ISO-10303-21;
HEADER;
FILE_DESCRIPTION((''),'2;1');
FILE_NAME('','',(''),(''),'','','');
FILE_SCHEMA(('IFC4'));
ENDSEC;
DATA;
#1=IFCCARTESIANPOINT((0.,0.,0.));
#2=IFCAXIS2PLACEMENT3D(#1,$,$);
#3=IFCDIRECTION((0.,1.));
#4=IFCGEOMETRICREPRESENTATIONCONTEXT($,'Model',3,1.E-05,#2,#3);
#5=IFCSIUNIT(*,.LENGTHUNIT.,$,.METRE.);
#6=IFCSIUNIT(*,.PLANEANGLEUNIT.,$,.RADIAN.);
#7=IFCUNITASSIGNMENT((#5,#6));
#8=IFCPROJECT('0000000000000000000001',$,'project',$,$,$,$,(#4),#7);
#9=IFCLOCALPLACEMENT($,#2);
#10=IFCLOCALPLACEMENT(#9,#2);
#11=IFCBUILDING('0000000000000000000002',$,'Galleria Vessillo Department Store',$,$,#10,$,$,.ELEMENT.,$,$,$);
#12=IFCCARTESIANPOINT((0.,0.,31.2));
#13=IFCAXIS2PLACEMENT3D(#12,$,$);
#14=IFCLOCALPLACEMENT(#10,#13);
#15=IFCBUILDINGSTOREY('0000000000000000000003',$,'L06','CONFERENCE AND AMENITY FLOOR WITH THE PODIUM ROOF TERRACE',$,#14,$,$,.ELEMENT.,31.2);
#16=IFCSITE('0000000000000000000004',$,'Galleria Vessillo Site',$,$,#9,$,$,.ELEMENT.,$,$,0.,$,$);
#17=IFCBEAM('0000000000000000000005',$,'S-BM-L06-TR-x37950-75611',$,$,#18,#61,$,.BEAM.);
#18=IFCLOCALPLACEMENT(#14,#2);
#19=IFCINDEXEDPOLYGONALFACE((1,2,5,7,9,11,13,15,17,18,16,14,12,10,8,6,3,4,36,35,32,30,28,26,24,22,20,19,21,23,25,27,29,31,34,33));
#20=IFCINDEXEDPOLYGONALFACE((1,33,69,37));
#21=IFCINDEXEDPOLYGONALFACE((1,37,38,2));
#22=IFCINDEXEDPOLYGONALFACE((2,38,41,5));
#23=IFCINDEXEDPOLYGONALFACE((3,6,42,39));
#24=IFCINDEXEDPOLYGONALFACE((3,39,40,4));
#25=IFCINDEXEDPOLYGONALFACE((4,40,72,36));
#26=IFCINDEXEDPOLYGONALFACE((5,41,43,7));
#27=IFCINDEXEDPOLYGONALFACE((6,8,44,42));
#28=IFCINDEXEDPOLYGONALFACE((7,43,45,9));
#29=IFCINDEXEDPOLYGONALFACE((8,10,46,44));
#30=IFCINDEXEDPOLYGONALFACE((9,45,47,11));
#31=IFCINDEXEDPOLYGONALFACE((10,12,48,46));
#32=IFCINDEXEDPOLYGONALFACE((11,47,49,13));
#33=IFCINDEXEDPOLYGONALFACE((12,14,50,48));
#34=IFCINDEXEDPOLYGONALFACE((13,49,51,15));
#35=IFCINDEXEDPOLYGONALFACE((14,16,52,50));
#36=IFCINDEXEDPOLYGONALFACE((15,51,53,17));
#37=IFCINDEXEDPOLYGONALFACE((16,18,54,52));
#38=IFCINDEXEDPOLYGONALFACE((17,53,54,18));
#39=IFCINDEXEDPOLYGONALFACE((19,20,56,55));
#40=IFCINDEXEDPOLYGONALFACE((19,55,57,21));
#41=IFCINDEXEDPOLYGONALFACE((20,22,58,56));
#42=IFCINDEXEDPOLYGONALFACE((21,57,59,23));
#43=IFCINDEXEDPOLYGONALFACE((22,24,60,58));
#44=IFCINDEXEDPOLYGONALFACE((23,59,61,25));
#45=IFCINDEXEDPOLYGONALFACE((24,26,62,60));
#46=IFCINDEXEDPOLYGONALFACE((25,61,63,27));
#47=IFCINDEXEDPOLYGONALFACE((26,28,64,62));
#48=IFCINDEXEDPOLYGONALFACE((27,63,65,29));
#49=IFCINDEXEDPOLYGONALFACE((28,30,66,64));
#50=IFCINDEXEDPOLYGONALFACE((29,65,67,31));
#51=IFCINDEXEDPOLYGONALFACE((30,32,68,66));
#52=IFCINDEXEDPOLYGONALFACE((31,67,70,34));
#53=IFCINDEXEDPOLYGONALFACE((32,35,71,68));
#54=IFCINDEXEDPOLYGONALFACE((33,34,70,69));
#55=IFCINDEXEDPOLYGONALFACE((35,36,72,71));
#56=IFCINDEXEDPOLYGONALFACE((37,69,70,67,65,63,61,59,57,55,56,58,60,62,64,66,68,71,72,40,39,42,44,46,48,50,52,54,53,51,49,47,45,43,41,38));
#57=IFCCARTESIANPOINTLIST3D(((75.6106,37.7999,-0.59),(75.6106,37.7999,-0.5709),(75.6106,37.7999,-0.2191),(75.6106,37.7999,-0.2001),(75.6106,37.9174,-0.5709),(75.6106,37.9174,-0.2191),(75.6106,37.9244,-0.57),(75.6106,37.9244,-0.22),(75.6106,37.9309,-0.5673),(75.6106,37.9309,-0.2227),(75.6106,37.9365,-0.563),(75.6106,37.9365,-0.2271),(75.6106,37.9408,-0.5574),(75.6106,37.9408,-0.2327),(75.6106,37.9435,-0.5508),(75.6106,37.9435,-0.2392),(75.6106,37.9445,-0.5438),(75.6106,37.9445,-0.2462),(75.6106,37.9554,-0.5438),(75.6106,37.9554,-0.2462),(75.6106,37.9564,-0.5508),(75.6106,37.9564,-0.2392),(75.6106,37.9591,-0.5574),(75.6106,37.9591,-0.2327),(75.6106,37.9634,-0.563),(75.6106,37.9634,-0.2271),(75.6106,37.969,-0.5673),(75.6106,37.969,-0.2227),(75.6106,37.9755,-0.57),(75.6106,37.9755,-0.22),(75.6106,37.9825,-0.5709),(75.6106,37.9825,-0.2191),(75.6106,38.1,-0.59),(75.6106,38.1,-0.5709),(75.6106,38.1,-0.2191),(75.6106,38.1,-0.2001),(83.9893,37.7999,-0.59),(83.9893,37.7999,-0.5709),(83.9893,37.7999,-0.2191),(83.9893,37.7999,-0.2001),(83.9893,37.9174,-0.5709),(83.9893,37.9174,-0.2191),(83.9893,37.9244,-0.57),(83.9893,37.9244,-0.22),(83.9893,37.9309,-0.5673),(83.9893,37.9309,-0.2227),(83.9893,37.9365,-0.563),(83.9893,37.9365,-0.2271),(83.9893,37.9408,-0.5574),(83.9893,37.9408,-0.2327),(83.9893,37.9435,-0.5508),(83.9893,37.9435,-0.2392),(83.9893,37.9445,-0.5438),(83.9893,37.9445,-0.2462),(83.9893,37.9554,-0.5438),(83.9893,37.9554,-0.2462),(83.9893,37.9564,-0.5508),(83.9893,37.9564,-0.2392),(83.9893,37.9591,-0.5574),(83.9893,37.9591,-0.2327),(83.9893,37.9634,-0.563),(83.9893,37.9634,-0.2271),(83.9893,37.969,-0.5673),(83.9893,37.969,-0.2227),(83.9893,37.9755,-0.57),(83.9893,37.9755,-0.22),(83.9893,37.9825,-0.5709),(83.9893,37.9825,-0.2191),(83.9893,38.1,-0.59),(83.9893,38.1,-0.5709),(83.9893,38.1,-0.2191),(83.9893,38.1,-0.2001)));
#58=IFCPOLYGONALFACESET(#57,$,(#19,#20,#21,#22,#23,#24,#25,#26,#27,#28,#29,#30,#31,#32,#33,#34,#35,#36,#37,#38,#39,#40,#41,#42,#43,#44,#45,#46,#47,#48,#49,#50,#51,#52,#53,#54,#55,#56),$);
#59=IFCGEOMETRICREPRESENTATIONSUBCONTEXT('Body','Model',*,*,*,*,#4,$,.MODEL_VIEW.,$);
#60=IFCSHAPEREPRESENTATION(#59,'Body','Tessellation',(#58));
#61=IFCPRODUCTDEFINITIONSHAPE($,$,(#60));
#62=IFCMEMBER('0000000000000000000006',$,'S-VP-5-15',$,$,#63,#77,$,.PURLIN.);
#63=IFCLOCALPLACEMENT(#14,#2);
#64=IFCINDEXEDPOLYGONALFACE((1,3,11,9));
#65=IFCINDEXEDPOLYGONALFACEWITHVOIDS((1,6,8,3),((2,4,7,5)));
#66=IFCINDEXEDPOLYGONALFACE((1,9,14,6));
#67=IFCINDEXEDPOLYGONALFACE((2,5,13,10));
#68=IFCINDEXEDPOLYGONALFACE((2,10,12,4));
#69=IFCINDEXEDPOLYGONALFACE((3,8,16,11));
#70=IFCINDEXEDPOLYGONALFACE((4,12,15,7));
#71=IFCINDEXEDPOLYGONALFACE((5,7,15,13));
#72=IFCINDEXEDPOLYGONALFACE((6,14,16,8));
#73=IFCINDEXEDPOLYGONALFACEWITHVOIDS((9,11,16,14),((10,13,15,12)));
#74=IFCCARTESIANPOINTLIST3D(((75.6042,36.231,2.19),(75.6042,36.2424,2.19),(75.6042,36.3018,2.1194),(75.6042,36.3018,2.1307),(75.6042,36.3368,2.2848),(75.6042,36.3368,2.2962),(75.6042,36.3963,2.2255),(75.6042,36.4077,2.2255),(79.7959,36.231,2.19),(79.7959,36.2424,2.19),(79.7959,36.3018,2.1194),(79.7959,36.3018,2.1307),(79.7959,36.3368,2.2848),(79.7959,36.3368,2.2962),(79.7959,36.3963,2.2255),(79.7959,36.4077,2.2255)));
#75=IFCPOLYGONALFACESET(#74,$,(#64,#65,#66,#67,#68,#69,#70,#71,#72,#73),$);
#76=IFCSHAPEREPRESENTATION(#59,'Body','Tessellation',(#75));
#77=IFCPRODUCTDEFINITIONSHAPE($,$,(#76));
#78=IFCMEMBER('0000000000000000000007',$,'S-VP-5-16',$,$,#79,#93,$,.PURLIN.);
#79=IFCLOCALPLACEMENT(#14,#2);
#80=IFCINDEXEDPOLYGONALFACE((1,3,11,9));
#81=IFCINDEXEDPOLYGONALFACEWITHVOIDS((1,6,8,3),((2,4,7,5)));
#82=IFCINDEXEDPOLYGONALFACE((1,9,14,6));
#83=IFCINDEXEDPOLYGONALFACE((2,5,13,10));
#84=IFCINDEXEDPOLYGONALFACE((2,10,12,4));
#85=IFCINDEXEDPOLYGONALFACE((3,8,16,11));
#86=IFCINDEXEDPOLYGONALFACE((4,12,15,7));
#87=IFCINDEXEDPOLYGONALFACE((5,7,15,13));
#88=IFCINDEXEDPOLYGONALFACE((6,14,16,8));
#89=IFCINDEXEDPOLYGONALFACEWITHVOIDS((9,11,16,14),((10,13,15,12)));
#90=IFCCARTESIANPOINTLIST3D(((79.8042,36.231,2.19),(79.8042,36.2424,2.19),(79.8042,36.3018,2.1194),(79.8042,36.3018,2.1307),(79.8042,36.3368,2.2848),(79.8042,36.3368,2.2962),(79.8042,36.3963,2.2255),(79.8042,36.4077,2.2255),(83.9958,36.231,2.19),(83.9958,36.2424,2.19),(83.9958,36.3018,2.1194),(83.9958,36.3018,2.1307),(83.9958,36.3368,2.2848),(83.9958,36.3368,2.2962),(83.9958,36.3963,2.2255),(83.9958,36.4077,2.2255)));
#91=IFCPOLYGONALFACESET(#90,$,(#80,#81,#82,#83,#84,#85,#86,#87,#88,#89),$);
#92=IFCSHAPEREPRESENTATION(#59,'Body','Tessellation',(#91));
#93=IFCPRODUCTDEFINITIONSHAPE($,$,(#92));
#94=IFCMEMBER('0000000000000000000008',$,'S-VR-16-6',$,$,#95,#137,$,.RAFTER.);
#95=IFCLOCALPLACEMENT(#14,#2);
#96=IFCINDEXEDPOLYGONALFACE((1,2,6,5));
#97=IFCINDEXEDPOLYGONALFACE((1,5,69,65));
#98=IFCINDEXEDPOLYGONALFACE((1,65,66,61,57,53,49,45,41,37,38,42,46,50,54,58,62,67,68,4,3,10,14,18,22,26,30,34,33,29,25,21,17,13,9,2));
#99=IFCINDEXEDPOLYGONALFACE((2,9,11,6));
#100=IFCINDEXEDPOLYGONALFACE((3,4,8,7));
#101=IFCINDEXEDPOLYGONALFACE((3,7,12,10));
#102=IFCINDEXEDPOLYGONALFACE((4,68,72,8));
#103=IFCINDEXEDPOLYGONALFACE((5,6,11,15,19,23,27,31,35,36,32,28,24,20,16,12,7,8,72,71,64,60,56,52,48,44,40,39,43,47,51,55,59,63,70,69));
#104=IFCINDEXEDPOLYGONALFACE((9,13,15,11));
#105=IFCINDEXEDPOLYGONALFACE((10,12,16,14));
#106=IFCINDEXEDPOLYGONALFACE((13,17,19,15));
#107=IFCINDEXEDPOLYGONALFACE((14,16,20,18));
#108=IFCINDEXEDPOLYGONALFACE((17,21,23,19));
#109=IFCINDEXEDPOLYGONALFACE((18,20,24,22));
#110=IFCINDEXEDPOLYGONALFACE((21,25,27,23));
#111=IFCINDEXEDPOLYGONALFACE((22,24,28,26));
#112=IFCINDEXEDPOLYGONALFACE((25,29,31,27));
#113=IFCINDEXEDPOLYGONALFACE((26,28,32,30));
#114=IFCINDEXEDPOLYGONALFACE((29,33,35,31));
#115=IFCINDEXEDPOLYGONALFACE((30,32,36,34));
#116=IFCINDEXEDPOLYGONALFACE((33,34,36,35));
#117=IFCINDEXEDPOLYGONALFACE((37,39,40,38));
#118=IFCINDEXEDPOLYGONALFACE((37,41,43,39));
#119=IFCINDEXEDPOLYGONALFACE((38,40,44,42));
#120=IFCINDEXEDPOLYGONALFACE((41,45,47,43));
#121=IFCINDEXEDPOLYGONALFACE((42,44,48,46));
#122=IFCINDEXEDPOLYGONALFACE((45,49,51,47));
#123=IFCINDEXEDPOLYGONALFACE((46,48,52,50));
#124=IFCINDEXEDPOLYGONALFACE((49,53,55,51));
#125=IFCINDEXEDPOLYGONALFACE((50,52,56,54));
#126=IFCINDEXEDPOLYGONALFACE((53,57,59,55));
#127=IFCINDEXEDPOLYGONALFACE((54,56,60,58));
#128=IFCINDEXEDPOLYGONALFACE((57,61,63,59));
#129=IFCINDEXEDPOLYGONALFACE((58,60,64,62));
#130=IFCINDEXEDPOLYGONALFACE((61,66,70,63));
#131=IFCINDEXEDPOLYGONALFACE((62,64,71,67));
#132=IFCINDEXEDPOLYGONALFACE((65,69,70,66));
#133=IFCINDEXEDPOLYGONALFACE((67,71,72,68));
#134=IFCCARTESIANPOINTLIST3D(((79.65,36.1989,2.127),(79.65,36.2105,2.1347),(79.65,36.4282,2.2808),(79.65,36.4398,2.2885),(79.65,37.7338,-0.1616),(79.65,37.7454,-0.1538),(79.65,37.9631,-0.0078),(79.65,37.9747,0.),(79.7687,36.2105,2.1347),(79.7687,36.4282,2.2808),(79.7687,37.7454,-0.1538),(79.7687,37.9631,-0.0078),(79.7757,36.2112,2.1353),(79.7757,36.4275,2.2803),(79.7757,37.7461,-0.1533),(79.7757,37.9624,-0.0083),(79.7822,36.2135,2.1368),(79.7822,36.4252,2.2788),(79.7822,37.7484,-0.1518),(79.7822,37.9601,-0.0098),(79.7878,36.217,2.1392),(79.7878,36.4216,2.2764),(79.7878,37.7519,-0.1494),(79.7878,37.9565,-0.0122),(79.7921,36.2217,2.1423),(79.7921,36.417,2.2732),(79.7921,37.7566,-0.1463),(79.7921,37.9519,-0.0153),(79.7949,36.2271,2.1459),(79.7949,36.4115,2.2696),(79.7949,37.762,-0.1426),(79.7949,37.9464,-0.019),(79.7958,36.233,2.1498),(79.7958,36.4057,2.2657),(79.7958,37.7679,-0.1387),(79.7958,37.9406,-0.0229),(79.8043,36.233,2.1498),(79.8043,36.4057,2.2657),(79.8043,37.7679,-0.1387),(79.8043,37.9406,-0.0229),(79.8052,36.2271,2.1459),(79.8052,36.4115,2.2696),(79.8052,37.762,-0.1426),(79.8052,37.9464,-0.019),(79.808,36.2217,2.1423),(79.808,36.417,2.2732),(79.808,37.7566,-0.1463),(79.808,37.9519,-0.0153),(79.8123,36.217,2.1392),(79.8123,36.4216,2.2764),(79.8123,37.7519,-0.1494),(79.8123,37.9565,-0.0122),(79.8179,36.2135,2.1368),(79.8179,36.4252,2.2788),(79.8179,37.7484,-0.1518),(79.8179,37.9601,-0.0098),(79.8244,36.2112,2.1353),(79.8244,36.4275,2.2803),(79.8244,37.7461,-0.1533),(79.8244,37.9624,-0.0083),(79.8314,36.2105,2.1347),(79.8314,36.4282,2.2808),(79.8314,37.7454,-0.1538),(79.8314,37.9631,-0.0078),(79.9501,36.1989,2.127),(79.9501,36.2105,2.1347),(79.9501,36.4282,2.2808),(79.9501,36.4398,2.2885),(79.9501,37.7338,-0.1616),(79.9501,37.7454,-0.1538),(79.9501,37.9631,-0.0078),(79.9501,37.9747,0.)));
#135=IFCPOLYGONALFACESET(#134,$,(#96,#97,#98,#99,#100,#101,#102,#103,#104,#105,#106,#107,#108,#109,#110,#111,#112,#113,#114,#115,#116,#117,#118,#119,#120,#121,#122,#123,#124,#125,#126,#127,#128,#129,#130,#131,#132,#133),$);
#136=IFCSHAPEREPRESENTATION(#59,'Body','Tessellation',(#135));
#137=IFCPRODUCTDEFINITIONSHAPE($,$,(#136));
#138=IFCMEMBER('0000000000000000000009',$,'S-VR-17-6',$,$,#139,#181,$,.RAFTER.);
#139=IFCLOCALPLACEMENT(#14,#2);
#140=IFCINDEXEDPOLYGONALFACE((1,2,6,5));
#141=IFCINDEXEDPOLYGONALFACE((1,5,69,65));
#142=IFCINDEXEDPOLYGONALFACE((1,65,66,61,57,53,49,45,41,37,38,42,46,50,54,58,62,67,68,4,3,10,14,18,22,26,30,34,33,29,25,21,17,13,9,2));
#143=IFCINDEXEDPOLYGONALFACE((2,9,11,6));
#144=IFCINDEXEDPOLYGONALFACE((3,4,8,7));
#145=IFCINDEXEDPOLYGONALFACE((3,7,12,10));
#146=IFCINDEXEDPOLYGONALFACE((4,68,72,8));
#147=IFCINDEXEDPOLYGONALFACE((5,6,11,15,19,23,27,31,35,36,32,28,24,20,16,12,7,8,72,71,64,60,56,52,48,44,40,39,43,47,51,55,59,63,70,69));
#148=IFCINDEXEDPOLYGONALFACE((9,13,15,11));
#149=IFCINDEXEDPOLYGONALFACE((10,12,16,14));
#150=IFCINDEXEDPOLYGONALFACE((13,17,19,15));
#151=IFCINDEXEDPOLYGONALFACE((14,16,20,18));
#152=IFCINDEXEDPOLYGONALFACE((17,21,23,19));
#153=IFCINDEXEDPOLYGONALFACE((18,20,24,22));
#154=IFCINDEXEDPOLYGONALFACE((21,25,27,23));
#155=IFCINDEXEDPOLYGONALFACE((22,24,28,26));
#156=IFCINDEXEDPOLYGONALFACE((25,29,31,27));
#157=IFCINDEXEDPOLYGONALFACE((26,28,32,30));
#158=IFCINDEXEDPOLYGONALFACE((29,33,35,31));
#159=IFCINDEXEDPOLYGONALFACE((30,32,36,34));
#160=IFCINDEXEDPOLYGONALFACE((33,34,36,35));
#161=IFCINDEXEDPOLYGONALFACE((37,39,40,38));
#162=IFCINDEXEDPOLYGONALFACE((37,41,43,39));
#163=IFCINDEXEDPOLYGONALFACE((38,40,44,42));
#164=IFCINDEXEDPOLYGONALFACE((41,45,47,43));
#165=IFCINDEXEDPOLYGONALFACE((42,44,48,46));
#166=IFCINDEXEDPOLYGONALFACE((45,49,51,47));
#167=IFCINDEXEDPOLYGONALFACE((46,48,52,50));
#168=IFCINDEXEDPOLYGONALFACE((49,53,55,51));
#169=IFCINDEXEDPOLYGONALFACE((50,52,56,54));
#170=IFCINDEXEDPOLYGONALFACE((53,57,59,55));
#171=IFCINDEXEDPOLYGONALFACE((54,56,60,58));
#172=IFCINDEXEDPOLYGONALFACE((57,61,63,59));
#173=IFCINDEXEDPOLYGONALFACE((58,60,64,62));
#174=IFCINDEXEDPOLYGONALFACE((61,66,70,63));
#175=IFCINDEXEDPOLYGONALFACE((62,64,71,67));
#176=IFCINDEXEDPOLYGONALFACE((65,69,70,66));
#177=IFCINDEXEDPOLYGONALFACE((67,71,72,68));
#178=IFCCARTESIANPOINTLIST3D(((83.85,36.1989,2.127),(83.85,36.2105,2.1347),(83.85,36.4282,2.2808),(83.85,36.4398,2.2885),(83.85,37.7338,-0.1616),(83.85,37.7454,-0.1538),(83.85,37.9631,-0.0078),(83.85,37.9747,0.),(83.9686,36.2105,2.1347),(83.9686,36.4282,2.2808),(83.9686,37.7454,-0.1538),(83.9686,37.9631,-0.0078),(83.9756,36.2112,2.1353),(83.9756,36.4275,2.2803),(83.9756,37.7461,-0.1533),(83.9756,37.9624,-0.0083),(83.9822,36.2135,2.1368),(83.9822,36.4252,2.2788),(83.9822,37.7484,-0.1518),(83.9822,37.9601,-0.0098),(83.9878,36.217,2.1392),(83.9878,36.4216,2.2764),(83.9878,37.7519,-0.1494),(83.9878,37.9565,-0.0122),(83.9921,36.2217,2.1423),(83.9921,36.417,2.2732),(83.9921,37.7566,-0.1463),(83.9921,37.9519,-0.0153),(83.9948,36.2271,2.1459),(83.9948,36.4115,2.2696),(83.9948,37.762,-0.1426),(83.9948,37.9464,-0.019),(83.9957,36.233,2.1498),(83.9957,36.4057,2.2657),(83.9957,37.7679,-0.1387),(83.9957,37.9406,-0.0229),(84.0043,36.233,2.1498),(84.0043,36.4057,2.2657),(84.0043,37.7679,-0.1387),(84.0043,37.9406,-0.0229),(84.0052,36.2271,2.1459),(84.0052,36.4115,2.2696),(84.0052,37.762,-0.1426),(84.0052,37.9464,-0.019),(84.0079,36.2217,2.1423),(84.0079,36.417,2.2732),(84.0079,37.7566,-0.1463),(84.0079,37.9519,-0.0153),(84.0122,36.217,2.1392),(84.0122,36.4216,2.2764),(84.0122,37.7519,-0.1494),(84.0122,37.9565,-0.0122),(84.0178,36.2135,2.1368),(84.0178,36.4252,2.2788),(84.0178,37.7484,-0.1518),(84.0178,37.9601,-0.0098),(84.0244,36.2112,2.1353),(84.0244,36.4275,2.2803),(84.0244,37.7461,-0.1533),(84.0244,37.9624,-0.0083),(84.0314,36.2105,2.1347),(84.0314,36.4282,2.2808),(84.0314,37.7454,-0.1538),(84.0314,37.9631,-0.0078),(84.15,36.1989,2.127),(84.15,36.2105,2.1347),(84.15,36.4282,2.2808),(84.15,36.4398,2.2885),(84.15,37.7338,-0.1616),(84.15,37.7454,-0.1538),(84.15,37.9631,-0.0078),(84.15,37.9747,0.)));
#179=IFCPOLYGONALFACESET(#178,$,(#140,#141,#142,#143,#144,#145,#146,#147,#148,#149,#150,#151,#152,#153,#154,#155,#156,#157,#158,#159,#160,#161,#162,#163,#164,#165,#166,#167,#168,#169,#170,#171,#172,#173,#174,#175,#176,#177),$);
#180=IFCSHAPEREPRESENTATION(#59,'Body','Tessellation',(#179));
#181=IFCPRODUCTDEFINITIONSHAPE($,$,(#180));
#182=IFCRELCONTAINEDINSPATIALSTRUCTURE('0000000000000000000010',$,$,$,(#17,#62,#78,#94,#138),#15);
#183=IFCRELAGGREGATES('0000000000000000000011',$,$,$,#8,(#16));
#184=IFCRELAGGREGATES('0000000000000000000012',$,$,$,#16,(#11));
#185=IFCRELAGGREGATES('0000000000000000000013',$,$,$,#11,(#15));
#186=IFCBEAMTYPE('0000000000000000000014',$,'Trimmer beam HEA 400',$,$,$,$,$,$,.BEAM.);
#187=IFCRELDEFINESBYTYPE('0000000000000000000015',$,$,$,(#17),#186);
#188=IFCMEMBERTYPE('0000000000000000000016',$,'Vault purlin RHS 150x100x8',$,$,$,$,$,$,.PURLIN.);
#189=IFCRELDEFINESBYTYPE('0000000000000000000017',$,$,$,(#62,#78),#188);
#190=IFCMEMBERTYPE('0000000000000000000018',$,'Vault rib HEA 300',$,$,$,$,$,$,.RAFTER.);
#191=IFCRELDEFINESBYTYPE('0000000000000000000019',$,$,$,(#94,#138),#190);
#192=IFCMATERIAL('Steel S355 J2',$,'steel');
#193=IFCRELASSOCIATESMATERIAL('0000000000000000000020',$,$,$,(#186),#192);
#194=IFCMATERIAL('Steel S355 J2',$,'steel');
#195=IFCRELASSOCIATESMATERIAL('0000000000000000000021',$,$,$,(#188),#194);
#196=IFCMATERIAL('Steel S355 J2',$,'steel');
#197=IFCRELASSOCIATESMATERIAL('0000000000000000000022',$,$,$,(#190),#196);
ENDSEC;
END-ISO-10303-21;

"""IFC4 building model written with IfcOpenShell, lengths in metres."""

from ifc_helpers import new_model, si_unit, direction, frame, origin, origin_2d, place, context, subcontext, project, spatial, hollow_rectangle, i_section, extrude, material, material_profile, profile_set, type_object, element, save


model = new_model("IFC4")

# Units and contexts
model_context = context("Model", 3, precision=1e-05, world=origin(), true_north=direction((0.0, 1.0)))
body_context = subcontext(model_context, "Body", "Model", "MODEL_VIEW")
ifc_project = project(units=[si_unit("LENGTHUNIT", "METRE"), si_unit("PLANEANGLEUNIT", "RADIAN")], contexts=[model_context])

# Site, building, storey
site_placement = place(None, origin())
site = spatial("IfcSite", under=ifc_project, at=site_placement, Name="Galleria Vessillo Site", CompositionType="ELEMENT", RefElevation=0.0)
building_placement = place(site_placement, origin())
building = spatial("IfcBuilding", under=site, at=building_placement, Name="Galleria Vessillo Department Store", CompositionType="ELEMENT")
storey_placement = place(building_placement, frame((0.0, 0.0, 31.2)))
storey = spatial("IfcBuildingStorey", under=building, at=storey_placement, Name="L06", Description="CONFERENCE AND AMENITY FLOOR WITH THE PODIUM ROOF TERRACE", CompositionType="ELEMENT", Elevation=31.2)

# Beam
ifc_material_1 = material(Name="Steel S355 J2", Category="steel")
ifc_material_profile_1 = material_profile(ifc_material_1, i_section(OverallWidth=0.3, OverallDepth=0.3899, WebThickness=0.011, FlangeThickness=0.019, FilletRadius=0.0271, at=origin_2d()), Name="HEA 400")
ifc_profile_set_1 = profile_set([ifc_material_profile_1], Name="Steel S355 J2")
beam_type_1 = type_object("IfcBeamType", Name="Trimmer beam HEA 400", PredefinedType="BEAM", material=ifc_profile_set_1)
beam_1_placement = place(storey_placement, frame((75.6106, 37.95, -0.395), z_axis=(1.0, 0.0, 0.0), x_axis=(0.0, 1.0, 0.0)))
element("IfcBeam", 1, at=beam_1_placement, inside=storey, type_object=beam_type_1, Name="S-BM-L06-TR-x37950-75611", PredefinedType="BEAM", context=body_context, shape_type="SweptSolid", body=[
    extrude(i_section(OverallWidth=0.3, OverallDepth=0.3899, WebThickness=0.011, FlangeThickness=0.019, FilletRadius=0.0271, at=origin_2d()), origin(), (0.0, 0.0, 1.0), 8.3787),
])

# Members
ifc_material_2 = material(Name="Steel S355 J2", Category="steel")
ifc_material_profile_2 = material_profile(ifc_material_2, hollow_rectangle(XDim=0.1001, YDim=0.1499, WallThickness=0.0081, at=origin_2d()), Name="RHS 150x100x8")
ifc_profile_set_2 = profile_set([ifc_material_profile_2], Name="Steel S355 J2")
member_type_1 = type_object("IfcMemberType", Name="Vault purlin RHS 150x100x8", PredefinedType="PURLIN", material=ifc_profile_set_2)
for number, where, z_axis, x_axis, name in (
    (2, (75.6042, 36.3193, 2.2078), (1.0, 0.0, 0.0), (0.0, 0.708077, -0.706135), "S-VP-5-15"),
    (3, (79.8042, 36.3193, 2.2078), (1.0, 0.0, 0.0), (0.0, 0.708077, -0.706135), "S-VP-5-16"),
):
    element("IfcMember", number, at=place(storey_placement, frame(where, z_axis=z_axis, x_axis=x_axis)), inside=storey, type_object=member_type_1, Name=name, PredefinedType="PURLIN", context=body_context, shape_type="SweptSolid", body=[
        extrude(hollow_rectangle(XDim=0.1001, YDim=0.1499, WallThickness=0.0081, at=origin_2d()), origin(), (0.0, 0.0, 1.0), 4.1917),
    ])
ifc_material_3 = material(Name="Steel S355 J2", Category="steel")
ifc_material_profile_3 = material_profile(ifc_material_3, i_section(OverallWidth=0.3, OverallDepth=0.29, WebThickness=0.0085, FlangeThickness=0.0139, FilletRadius=0.0271, at=origin_2d()), Name="HEA 300")
ifc_profile_set_3 = profile_set([ifc_material_profile_3], Name="Steel S355 J2")
member_type_2 = type_object("IfcMemberType", Name="Vault rib HEA 300", PredefinedType="RAFTER", material=ifc_profile_set_3)
for number, where, z_axis, x_axis, name in (
    (4, (79.8, 36.3193, 2.2078), (0.0, 0.557008, -0.830507), (-1.0, 0.0, 0.0), "S-VR-16-6"),
    (5, (84.0, 36.3193, 2.2078), (0.0, 0.557008, -0.830507), (-1.0, 0.0, 0.0), "S-VR-17-6"),
):
    element("IfcMember", number, at=place(storey_placement, frame(where, z_axis=z_axis, x_axis=x_axis)), inside=storey, type_object=member_type_2, Name=name, PredefinedType="RAFTER", context=body_context, shape_type="SweptSolid", body=[
        extrude(i_section(OverallWidth=0.3, OverallDepth=0.29, WebThickness=0.0085, FlangeThickness=0.0139, FilletRadius=0.0271, at=origin_2d()), origin(), (0.0, 0.0, 1.0), 2.7556),
    ])

save(model, "model.ifc")
